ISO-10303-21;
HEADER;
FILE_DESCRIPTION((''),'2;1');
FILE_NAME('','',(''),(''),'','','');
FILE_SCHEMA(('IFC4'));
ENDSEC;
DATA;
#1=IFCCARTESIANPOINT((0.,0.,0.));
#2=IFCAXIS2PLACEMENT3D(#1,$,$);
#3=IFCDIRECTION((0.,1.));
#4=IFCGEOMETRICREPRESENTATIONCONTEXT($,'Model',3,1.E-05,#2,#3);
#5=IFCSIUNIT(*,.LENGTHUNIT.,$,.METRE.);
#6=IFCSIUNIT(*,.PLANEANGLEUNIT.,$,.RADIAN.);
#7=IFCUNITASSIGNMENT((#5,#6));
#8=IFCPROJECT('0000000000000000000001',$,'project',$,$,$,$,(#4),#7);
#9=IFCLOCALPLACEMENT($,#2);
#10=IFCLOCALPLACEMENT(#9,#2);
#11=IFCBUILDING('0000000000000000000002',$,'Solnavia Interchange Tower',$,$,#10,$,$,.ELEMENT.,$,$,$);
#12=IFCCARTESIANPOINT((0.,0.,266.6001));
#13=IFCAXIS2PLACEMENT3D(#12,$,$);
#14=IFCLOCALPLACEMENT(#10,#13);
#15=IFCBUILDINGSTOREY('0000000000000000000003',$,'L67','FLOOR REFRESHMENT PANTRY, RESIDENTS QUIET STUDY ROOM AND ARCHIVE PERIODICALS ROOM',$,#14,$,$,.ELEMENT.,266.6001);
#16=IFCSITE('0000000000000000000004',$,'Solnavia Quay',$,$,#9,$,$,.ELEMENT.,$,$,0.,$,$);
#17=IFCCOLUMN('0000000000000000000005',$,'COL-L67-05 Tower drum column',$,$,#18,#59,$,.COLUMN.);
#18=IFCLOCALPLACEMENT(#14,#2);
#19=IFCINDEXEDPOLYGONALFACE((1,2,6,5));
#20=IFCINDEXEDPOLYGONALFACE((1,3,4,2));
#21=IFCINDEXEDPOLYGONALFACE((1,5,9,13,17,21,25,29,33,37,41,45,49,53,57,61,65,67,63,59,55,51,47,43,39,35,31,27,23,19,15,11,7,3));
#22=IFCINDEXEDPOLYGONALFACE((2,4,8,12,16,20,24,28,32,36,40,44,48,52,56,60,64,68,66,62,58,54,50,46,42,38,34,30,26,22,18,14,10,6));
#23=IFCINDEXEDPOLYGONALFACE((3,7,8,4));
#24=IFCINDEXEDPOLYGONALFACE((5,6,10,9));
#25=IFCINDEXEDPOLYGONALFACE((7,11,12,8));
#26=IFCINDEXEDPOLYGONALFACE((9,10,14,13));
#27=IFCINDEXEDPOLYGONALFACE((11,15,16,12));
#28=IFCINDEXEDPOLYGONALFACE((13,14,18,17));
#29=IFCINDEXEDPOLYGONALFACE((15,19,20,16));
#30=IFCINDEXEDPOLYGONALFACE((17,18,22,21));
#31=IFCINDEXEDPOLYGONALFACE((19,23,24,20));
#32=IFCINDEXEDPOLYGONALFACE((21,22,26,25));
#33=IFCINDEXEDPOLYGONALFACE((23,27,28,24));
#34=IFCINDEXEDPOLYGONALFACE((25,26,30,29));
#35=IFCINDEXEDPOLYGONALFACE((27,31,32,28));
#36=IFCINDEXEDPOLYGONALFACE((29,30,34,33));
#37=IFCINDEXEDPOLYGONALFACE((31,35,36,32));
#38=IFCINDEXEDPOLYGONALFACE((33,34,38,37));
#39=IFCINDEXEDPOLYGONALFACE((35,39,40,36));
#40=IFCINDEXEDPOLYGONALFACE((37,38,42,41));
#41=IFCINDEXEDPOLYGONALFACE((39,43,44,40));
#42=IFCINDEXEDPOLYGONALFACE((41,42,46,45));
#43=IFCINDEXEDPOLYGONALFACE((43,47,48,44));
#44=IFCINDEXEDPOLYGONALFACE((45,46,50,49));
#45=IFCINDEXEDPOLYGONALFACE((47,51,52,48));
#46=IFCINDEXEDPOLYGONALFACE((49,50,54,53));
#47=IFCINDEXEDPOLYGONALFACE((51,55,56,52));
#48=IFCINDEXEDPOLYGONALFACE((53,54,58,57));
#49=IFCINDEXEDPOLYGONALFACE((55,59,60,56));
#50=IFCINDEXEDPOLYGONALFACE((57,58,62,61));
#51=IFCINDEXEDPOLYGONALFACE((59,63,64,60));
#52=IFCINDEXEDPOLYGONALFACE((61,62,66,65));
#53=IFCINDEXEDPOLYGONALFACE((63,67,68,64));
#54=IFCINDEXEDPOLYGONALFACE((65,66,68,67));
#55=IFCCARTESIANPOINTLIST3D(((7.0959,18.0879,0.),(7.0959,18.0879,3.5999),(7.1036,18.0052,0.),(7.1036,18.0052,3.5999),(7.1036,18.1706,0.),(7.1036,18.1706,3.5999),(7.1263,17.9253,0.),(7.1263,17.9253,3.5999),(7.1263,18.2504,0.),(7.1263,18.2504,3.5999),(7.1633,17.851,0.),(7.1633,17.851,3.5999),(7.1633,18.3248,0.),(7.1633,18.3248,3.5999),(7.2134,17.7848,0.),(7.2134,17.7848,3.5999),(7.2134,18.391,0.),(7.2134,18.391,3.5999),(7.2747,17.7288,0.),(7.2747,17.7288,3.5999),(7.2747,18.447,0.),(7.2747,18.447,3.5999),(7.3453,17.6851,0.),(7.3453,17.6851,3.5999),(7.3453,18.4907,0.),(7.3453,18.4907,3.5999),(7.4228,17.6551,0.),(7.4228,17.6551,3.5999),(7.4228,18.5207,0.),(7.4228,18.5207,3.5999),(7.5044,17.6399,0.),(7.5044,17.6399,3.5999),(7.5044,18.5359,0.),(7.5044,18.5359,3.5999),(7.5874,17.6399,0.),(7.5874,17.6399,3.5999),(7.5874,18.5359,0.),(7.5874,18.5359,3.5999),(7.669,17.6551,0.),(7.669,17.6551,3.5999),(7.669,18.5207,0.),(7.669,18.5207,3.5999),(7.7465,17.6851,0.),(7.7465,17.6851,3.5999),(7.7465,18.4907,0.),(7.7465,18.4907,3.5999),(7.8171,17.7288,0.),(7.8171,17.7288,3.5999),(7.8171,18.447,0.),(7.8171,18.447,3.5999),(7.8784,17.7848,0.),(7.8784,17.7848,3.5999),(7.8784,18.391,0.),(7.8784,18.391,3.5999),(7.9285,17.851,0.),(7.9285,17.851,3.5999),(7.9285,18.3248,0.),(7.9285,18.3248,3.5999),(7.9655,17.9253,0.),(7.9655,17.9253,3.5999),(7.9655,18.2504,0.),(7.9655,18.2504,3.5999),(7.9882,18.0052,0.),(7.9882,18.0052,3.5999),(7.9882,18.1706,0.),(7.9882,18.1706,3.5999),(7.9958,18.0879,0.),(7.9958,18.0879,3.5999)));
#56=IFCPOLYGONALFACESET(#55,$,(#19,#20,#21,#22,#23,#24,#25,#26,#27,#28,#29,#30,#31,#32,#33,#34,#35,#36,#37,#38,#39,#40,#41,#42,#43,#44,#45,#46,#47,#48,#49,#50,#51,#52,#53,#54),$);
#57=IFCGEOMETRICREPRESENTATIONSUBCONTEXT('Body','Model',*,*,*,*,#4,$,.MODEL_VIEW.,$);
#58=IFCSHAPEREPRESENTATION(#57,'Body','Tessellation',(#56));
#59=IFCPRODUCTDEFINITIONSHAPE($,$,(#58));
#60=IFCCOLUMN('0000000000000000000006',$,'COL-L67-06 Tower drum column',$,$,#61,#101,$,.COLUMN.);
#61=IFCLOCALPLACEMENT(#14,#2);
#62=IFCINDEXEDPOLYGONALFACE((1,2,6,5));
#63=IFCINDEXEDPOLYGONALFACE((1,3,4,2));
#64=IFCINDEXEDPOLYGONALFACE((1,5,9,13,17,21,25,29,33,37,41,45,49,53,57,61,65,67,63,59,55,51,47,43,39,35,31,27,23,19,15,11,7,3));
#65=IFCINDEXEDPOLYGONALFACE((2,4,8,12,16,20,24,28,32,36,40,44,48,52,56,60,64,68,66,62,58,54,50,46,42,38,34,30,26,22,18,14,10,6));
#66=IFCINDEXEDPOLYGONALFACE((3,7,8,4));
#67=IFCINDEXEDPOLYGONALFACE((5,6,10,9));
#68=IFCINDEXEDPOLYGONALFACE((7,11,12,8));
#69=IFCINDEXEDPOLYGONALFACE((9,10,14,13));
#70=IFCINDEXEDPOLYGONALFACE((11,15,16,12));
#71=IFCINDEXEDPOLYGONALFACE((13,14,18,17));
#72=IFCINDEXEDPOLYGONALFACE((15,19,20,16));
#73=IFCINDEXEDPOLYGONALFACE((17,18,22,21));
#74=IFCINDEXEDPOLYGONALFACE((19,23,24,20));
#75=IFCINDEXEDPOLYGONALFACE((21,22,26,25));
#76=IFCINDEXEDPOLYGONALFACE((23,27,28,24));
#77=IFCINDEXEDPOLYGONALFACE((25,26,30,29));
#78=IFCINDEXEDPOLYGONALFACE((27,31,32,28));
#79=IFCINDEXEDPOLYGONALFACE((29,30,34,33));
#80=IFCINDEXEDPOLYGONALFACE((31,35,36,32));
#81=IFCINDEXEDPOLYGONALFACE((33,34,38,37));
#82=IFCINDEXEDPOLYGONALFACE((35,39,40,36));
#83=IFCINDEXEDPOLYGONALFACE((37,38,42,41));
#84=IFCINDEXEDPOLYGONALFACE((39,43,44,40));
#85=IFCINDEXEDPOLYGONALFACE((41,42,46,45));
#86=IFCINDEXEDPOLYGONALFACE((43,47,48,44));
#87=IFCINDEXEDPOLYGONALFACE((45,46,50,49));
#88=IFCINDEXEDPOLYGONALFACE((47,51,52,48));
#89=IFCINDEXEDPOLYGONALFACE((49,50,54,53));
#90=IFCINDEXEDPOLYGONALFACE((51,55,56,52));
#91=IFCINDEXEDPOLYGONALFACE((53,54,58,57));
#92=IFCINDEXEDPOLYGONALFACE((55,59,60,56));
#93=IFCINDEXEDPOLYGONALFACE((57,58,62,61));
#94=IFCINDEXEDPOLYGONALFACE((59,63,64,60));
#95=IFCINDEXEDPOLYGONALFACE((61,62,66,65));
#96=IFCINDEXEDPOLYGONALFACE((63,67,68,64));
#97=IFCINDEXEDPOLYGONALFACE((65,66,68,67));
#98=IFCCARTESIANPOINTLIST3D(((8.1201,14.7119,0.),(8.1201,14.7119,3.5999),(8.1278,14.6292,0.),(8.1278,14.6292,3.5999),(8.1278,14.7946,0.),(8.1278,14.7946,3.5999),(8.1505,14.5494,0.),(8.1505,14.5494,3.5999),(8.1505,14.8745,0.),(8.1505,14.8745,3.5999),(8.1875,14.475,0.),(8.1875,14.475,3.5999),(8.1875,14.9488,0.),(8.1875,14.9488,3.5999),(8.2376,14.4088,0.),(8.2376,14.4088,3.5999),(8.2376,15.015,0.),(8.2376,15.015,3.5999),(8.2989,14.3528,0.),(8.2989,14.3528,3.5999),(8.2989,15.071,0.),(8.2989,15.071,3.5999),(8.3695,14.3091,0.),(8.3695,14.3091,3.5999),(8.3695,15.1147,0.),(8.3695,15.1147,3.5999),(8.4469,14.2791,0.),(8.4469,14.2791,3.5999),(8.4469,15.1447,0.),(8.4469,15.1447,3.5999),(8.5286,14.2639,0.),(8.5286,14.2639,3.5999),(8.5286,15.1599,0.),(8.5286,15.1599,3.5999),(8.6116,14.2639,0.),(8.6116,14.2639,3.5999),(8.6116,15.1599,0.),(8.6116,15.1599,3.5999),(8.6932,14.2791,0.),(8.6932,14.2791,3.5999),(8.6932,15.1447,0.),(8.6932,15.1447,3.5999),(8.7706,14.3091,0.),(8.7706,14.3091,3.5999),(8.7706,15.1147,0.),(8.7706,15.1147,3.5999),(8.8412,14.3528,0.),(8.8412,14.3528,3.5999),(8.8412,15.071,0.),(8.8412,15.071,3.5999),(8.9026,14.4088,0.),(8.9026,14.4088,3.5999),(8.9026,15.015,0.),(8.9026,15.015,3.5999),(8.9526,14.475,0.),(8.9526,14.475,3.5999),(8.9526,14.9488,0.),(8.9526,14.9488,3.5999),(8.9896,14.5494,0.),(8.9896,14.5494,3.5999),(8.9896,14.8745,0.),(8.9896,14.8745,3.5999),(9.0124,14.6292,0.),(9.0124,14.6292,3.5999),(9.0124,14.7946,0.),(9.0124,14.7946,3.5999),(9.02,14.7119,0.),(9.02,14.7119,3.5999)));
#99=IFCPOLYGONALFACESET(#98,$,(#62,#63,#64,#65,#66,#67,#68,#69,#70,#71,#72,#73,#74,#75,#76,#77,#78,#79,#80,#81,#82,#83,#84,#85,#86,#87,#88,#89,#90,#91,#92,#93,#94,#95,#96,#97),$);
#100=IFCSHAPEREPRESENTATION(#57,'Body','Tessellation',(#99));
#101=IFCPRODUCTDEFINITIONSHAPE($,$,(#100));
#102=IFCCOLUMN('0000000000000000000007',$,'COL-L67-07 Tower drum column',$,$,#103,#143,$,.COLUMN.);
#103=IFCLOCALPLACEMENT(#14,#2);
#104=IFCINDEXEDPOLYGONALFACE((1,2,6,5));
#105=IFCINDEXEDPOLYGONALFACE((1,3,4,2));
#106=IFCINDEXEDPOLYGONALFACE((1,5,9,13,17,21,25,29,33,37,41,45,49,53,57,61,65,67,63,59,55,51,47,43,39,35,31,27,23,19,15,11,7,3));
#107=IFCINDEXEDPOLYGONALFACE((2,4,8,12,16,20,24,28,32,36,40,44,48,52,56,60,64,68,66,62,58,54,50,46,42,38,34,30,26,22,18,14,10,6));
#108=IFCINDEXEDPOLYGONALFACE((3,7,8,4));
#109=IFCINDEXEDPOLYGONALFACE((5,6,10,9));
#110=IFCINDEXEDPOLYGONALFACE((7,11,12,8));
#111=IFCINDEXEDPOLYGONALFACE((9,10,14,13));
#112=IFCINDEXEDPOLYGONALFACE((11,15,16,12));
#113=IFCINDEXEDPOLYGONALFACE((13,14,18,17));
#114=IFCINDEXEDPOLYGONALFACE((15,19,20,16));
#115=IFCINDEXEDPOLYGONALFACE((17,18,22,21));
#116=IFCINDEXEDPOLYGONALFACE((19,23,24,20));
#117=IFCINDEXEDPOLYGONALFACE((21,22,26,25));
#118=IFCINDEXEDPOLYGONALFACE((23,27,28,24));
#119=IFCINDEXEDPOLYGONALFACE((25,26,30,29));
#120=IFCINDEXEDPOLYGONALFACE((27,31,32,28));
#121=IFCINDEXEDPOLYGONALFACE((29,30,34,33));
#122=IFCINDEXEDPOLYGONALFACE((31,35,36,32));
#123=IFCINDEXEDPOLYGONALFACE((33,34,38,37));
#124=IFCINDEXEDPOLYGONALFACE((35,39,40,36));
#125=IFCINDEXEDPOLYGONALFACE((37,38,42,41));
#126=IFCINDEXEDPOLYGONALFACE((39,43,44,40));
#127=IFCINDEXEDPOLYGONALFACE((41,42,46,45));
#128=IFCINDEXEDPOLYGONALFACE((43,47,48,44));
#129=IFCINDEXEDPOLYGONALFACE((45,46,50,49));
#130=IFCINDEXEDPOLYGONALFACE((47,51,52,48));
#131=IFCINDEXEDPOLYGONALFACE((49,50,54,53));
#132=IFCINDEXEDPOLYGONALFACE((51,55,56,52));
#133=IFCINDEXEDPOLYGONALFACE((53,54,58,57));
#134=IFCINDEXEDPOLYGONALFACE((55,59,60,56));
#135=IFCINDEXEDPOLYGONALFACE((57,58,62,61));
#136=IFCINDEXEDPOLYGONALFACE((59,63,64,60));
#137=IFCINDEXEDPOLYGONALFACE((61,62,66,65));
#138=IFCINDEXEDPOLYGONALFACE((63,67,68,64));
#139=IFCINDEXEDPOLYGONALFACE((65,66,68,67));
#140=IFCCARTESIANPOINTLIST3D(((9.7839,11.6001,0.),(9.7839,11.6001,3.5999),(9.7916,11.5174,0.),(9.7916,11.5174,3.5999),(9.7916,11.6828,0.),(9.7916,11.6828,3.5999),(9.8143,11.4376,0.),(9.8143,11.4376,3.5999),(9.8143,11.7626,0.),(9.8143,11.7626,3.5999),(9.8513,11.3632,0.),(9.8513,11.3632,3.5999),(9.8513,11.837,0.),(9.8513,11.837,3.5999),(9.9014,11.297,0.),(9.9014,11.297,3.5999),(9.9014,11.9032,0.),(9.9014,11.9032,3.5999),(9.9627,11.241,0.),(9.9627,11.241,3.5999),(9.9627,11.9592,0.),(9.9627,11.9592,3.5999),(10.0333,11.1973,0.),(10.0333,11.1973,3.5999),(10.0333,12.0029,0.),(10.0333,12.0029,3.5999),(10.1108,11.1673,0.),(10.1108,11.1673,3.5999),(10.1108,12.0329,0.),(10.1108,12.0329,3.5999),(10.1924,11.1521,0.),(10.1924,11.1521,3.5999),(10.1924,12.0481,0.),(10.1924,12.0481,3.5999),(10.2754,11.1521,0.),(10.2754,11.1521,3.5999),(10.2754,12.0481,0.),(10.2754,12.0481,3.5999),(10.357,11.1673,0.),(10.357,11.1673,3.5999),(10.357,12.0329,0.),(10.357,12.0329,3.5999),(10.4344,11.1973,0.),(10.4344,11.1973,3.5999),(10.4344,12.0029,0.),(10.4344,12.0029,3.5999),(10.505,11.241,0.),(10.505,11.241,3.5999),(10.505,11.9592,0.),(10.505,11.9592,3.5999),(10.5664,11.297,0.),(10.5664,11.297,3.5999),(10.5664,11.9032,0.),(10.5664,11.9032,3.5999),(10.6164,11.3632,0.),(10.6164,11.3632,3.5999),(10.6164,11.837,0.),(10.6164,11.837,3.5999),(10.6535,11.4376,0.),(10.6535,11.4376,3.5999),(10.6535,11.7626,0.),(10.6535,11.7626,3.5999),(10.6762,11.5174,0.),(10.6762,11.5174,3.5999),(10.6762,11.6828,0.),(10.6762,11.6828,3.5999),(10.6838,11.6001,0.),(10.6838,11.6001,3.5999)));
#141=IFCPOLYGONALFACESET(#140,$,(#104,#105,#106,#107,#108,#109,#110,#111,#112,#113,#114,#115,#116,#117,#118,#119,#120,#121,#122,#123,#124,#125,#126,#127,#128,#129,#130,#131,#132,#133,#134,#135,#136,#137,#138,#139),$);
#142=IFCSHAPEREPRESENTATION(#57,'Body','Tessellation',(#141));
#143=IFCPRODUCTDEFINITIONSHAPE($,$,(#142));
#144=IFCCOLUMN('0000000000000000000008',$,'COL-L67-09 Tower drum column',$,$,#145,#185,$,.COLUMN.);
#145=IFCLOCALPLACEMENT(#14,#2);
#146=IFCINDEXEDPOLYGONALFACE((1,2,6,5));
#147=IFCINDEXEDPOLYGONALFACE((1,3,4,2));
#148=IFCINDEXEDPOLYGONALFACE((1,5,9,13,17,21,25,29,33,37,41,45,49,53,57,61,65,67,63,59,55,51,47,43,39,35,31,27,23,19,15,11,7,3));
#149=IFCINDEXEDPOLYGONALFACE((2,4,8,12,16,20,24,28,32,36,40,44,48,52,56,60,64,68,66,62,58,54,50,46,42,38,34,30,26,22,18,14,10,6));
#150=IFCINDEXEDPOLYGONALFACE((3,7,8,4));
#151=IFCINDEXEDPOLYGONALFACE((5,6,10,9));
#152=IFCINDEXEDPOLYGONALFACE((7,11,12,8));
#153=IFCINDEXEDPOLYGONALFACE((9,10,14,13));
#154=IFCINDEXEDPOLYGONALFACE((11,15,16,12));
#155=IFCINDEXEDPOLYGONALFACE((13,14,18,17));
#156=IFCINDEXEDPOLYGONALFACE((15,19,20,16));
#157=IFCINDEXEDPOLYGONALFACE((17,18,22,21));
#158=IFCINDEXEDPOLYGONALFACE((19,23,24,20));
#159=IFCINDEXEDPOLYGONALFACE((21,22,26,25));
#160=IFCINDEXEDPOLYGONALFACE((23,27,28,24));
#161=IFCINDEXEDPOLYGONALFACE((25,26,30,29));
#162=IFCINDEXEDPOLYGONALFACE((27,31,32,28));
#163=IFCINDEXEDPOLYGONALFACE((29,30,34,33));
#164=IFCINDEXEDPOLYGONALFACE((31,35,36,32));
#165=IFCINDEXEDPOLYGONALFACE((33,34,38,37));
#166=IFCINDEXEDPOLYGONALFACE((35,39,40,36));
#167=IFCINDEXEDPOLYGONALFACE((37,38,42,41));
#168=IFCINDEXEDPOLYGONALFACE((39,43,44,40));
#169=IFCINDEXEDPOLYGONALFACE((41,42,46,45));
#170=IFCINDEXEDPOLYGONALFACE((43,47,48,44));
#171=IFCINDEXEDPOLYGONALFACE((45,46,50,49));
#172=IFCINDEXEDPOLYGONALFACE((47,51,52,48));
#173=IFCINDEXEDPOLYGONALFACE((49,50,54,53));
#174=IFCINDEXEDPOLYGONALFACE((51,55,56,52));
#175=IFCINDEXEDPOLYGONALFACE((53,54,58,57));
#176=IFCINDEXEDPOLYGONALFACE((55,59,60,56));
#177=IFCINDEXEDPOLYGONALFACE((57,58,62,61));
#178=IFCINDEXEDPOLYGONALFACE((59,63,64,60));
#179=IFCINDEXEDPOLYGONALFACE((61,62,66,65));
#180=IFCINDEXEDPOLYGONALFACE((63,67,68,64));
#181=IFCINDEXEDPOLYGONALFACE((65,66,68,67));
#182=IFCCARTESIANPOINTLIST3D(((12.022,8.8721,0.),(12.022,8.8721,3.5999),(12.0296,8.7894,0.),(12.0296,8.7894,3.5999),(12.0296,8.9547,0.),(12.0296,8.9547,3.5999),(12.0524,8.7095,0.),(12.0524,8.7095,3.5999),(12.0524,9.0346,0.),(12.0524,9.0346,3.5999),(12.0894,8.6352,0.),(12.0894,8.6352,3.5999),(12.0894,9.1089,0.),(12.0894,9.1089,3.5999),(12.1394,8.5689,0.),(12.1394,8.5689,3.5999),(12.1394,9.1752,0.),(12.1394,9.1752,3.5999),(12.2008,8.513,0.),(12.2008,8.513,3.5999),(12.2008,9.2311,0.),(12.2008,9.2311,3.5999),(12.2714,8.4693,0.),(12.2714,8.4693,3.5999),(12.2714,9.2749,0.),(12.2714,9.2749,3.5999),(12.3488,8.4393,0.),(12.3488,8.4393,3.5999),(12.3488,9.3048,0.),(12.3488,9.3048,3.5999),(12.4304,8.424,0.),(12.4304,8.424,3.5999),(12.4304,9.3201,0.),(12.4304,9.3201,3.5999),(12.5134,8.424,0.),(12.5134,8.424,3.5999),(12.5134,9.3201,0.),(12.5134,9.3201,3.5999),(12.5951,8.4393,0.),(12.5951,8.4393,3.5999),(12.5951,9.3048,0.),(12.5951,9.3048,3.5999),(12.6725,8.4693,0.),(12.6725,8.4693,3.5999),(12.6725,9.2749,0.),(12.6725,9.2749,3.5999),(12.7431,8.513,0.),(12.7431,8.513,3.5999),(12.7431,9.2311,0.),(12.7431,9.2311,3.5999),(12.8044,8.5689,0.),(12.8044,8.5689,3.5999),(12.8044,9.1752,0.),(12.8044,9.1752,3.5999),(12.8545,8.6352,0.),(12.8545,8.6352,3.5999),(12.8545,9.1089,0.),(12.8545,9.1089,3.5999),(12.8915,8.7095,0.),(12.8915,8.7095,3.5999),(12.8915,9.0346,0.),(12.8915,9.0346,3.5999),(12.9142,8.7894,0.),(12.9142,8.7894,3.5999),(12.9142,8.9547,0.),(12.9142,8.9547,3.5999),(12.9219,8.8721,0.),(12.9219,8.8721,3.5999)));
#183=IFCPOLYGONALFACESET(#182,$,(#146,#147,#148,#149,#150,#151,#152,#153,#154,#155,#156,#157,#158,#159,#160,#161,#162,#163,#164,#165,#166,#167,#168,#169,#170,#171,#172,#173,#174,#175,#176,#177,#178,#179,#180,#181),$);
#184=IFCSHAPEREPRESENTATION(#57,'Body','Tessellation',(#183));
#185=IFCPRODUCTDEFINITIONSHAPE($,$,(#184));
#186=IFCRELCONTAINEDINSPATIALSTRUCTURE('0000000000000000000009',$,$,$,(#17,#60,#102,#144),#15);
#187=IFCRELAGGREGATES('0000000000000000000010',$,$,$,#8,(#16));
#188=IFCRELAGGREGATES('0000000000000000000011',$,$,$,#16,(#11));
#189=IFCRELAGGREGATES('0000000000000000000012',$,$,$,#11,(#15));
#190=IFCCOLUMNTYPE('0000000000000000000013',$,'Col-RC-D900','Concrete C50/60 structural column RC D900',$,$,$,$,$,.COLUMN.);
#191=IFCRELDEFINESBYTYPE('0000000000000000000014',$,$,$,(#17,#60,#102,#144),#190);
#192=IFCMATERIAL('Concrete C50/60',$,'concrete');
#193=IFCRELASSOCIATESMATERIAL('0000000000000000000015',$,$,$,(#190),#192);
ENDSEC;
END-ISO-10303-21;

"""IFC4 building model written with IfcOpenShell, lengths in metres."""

from ifc_helpers import new_model, si_unit, direction, frame, origin, origin_2d, place, context, subcontext, project, spatial, circle, extrude, material, material_profile, profile_set, type_object, element, save


model = new_model("IFC4")

# Units and contexts
model_context = context("Model", 3, precision=1e-05, world=origin(), true_north=direction((0.0, 1.0)))
body_context = subcontext(model_context, "Body", "Model", "MODEL_VIEW")
ifc_project = project(units=[si_unit("LENGTHUNIT", "METRE"), si_unit("PLANEANGLEUNIT", "RADIAN")], contexts=[model_context])

# Site, building, storey
site_placement = place(None, origin())
site = spatial("IfcSite", under=ifc_project, at=site_placement, Name="Solnavia Quay", CompositionType="ELEMENT", RefElevation=0.0)
building_placement = place(site_placement, origin())
building = spatial("IfcBuilding", under=site, at=building_placement, Name="Solnavia Interchange Tower", CompositionType="ELEMENT")
storey_placement = place(building_placement, frame((0.0, 0.0, 266.6001)))
storey = spatial("IfcBuildingStorey", under=building, at=storey_placement, Name="L67", Description="FLOOR REFRESHMENT PANTRY, RESIDENTS QUIET STUDY ROOM AND ARCHIVE PERIODICALS ROOM", CompositionType="ELEMENT", Elevation=266.6001)

# Columns
ifc_material_1 = material(Name="Concrete C50/60", Category="concrete")
ifc_material_profile_1 = material_profile(ifc_material_1, circle(Radius=0.45, at=origin_2d()), Name="RC D900")
ifc_profile_set_1 = profile_set([ifc_material_profile_1], Name="Concrete C50/60")
column_type = type_object("IfcColumnType", Name="Col-RC-D900", Description="Concrete C50/60 structural column RC D900", PredefinedType="COLUMN", material=ifc_profile_set_1)
for number, where, z_axis, x_axis, name in (
    (1, (7.5459, 18.0879, 0.0), (0.0, 0.0, 1.0), (1.0, 0.0, 0.0), "COL-L67-05 Tower drum column"),
    (2, (8.5701, 14.7119, 0.0), (0.0, 0.0, 1.0), (1.0, 0.0, 0.0), "COL-L67-06 Tower drum column"),
    (3, (10.2339, 11.6001, 0.0), (0.0, 0.0, 1.0), (1.0, 0.0, 0.0), "COL-L67-07 Tower drum column"),
    (4, (12.4719, 8.8721, 0.0), (0.0, 0.0, 1.0), (1.0, 0.0, 0.0), "COL-L67-09 Tower drum column"),
):
    element("IfcColumn", number, at=place(storey_placement, frame(where, z_axis=z_axis, x_axis=x_axis)), inside=storey, type_object=column_type, Name=name, PredefinedType="COLUMN", context=body_context, shape_type="SweptSolid", body=[
        extrude(circle(Radius=0.45, at=origin_2d()), origin(), (0.0, 0.0, 1.0), 3.5999),
    ])

save(model, "model.ifc")
